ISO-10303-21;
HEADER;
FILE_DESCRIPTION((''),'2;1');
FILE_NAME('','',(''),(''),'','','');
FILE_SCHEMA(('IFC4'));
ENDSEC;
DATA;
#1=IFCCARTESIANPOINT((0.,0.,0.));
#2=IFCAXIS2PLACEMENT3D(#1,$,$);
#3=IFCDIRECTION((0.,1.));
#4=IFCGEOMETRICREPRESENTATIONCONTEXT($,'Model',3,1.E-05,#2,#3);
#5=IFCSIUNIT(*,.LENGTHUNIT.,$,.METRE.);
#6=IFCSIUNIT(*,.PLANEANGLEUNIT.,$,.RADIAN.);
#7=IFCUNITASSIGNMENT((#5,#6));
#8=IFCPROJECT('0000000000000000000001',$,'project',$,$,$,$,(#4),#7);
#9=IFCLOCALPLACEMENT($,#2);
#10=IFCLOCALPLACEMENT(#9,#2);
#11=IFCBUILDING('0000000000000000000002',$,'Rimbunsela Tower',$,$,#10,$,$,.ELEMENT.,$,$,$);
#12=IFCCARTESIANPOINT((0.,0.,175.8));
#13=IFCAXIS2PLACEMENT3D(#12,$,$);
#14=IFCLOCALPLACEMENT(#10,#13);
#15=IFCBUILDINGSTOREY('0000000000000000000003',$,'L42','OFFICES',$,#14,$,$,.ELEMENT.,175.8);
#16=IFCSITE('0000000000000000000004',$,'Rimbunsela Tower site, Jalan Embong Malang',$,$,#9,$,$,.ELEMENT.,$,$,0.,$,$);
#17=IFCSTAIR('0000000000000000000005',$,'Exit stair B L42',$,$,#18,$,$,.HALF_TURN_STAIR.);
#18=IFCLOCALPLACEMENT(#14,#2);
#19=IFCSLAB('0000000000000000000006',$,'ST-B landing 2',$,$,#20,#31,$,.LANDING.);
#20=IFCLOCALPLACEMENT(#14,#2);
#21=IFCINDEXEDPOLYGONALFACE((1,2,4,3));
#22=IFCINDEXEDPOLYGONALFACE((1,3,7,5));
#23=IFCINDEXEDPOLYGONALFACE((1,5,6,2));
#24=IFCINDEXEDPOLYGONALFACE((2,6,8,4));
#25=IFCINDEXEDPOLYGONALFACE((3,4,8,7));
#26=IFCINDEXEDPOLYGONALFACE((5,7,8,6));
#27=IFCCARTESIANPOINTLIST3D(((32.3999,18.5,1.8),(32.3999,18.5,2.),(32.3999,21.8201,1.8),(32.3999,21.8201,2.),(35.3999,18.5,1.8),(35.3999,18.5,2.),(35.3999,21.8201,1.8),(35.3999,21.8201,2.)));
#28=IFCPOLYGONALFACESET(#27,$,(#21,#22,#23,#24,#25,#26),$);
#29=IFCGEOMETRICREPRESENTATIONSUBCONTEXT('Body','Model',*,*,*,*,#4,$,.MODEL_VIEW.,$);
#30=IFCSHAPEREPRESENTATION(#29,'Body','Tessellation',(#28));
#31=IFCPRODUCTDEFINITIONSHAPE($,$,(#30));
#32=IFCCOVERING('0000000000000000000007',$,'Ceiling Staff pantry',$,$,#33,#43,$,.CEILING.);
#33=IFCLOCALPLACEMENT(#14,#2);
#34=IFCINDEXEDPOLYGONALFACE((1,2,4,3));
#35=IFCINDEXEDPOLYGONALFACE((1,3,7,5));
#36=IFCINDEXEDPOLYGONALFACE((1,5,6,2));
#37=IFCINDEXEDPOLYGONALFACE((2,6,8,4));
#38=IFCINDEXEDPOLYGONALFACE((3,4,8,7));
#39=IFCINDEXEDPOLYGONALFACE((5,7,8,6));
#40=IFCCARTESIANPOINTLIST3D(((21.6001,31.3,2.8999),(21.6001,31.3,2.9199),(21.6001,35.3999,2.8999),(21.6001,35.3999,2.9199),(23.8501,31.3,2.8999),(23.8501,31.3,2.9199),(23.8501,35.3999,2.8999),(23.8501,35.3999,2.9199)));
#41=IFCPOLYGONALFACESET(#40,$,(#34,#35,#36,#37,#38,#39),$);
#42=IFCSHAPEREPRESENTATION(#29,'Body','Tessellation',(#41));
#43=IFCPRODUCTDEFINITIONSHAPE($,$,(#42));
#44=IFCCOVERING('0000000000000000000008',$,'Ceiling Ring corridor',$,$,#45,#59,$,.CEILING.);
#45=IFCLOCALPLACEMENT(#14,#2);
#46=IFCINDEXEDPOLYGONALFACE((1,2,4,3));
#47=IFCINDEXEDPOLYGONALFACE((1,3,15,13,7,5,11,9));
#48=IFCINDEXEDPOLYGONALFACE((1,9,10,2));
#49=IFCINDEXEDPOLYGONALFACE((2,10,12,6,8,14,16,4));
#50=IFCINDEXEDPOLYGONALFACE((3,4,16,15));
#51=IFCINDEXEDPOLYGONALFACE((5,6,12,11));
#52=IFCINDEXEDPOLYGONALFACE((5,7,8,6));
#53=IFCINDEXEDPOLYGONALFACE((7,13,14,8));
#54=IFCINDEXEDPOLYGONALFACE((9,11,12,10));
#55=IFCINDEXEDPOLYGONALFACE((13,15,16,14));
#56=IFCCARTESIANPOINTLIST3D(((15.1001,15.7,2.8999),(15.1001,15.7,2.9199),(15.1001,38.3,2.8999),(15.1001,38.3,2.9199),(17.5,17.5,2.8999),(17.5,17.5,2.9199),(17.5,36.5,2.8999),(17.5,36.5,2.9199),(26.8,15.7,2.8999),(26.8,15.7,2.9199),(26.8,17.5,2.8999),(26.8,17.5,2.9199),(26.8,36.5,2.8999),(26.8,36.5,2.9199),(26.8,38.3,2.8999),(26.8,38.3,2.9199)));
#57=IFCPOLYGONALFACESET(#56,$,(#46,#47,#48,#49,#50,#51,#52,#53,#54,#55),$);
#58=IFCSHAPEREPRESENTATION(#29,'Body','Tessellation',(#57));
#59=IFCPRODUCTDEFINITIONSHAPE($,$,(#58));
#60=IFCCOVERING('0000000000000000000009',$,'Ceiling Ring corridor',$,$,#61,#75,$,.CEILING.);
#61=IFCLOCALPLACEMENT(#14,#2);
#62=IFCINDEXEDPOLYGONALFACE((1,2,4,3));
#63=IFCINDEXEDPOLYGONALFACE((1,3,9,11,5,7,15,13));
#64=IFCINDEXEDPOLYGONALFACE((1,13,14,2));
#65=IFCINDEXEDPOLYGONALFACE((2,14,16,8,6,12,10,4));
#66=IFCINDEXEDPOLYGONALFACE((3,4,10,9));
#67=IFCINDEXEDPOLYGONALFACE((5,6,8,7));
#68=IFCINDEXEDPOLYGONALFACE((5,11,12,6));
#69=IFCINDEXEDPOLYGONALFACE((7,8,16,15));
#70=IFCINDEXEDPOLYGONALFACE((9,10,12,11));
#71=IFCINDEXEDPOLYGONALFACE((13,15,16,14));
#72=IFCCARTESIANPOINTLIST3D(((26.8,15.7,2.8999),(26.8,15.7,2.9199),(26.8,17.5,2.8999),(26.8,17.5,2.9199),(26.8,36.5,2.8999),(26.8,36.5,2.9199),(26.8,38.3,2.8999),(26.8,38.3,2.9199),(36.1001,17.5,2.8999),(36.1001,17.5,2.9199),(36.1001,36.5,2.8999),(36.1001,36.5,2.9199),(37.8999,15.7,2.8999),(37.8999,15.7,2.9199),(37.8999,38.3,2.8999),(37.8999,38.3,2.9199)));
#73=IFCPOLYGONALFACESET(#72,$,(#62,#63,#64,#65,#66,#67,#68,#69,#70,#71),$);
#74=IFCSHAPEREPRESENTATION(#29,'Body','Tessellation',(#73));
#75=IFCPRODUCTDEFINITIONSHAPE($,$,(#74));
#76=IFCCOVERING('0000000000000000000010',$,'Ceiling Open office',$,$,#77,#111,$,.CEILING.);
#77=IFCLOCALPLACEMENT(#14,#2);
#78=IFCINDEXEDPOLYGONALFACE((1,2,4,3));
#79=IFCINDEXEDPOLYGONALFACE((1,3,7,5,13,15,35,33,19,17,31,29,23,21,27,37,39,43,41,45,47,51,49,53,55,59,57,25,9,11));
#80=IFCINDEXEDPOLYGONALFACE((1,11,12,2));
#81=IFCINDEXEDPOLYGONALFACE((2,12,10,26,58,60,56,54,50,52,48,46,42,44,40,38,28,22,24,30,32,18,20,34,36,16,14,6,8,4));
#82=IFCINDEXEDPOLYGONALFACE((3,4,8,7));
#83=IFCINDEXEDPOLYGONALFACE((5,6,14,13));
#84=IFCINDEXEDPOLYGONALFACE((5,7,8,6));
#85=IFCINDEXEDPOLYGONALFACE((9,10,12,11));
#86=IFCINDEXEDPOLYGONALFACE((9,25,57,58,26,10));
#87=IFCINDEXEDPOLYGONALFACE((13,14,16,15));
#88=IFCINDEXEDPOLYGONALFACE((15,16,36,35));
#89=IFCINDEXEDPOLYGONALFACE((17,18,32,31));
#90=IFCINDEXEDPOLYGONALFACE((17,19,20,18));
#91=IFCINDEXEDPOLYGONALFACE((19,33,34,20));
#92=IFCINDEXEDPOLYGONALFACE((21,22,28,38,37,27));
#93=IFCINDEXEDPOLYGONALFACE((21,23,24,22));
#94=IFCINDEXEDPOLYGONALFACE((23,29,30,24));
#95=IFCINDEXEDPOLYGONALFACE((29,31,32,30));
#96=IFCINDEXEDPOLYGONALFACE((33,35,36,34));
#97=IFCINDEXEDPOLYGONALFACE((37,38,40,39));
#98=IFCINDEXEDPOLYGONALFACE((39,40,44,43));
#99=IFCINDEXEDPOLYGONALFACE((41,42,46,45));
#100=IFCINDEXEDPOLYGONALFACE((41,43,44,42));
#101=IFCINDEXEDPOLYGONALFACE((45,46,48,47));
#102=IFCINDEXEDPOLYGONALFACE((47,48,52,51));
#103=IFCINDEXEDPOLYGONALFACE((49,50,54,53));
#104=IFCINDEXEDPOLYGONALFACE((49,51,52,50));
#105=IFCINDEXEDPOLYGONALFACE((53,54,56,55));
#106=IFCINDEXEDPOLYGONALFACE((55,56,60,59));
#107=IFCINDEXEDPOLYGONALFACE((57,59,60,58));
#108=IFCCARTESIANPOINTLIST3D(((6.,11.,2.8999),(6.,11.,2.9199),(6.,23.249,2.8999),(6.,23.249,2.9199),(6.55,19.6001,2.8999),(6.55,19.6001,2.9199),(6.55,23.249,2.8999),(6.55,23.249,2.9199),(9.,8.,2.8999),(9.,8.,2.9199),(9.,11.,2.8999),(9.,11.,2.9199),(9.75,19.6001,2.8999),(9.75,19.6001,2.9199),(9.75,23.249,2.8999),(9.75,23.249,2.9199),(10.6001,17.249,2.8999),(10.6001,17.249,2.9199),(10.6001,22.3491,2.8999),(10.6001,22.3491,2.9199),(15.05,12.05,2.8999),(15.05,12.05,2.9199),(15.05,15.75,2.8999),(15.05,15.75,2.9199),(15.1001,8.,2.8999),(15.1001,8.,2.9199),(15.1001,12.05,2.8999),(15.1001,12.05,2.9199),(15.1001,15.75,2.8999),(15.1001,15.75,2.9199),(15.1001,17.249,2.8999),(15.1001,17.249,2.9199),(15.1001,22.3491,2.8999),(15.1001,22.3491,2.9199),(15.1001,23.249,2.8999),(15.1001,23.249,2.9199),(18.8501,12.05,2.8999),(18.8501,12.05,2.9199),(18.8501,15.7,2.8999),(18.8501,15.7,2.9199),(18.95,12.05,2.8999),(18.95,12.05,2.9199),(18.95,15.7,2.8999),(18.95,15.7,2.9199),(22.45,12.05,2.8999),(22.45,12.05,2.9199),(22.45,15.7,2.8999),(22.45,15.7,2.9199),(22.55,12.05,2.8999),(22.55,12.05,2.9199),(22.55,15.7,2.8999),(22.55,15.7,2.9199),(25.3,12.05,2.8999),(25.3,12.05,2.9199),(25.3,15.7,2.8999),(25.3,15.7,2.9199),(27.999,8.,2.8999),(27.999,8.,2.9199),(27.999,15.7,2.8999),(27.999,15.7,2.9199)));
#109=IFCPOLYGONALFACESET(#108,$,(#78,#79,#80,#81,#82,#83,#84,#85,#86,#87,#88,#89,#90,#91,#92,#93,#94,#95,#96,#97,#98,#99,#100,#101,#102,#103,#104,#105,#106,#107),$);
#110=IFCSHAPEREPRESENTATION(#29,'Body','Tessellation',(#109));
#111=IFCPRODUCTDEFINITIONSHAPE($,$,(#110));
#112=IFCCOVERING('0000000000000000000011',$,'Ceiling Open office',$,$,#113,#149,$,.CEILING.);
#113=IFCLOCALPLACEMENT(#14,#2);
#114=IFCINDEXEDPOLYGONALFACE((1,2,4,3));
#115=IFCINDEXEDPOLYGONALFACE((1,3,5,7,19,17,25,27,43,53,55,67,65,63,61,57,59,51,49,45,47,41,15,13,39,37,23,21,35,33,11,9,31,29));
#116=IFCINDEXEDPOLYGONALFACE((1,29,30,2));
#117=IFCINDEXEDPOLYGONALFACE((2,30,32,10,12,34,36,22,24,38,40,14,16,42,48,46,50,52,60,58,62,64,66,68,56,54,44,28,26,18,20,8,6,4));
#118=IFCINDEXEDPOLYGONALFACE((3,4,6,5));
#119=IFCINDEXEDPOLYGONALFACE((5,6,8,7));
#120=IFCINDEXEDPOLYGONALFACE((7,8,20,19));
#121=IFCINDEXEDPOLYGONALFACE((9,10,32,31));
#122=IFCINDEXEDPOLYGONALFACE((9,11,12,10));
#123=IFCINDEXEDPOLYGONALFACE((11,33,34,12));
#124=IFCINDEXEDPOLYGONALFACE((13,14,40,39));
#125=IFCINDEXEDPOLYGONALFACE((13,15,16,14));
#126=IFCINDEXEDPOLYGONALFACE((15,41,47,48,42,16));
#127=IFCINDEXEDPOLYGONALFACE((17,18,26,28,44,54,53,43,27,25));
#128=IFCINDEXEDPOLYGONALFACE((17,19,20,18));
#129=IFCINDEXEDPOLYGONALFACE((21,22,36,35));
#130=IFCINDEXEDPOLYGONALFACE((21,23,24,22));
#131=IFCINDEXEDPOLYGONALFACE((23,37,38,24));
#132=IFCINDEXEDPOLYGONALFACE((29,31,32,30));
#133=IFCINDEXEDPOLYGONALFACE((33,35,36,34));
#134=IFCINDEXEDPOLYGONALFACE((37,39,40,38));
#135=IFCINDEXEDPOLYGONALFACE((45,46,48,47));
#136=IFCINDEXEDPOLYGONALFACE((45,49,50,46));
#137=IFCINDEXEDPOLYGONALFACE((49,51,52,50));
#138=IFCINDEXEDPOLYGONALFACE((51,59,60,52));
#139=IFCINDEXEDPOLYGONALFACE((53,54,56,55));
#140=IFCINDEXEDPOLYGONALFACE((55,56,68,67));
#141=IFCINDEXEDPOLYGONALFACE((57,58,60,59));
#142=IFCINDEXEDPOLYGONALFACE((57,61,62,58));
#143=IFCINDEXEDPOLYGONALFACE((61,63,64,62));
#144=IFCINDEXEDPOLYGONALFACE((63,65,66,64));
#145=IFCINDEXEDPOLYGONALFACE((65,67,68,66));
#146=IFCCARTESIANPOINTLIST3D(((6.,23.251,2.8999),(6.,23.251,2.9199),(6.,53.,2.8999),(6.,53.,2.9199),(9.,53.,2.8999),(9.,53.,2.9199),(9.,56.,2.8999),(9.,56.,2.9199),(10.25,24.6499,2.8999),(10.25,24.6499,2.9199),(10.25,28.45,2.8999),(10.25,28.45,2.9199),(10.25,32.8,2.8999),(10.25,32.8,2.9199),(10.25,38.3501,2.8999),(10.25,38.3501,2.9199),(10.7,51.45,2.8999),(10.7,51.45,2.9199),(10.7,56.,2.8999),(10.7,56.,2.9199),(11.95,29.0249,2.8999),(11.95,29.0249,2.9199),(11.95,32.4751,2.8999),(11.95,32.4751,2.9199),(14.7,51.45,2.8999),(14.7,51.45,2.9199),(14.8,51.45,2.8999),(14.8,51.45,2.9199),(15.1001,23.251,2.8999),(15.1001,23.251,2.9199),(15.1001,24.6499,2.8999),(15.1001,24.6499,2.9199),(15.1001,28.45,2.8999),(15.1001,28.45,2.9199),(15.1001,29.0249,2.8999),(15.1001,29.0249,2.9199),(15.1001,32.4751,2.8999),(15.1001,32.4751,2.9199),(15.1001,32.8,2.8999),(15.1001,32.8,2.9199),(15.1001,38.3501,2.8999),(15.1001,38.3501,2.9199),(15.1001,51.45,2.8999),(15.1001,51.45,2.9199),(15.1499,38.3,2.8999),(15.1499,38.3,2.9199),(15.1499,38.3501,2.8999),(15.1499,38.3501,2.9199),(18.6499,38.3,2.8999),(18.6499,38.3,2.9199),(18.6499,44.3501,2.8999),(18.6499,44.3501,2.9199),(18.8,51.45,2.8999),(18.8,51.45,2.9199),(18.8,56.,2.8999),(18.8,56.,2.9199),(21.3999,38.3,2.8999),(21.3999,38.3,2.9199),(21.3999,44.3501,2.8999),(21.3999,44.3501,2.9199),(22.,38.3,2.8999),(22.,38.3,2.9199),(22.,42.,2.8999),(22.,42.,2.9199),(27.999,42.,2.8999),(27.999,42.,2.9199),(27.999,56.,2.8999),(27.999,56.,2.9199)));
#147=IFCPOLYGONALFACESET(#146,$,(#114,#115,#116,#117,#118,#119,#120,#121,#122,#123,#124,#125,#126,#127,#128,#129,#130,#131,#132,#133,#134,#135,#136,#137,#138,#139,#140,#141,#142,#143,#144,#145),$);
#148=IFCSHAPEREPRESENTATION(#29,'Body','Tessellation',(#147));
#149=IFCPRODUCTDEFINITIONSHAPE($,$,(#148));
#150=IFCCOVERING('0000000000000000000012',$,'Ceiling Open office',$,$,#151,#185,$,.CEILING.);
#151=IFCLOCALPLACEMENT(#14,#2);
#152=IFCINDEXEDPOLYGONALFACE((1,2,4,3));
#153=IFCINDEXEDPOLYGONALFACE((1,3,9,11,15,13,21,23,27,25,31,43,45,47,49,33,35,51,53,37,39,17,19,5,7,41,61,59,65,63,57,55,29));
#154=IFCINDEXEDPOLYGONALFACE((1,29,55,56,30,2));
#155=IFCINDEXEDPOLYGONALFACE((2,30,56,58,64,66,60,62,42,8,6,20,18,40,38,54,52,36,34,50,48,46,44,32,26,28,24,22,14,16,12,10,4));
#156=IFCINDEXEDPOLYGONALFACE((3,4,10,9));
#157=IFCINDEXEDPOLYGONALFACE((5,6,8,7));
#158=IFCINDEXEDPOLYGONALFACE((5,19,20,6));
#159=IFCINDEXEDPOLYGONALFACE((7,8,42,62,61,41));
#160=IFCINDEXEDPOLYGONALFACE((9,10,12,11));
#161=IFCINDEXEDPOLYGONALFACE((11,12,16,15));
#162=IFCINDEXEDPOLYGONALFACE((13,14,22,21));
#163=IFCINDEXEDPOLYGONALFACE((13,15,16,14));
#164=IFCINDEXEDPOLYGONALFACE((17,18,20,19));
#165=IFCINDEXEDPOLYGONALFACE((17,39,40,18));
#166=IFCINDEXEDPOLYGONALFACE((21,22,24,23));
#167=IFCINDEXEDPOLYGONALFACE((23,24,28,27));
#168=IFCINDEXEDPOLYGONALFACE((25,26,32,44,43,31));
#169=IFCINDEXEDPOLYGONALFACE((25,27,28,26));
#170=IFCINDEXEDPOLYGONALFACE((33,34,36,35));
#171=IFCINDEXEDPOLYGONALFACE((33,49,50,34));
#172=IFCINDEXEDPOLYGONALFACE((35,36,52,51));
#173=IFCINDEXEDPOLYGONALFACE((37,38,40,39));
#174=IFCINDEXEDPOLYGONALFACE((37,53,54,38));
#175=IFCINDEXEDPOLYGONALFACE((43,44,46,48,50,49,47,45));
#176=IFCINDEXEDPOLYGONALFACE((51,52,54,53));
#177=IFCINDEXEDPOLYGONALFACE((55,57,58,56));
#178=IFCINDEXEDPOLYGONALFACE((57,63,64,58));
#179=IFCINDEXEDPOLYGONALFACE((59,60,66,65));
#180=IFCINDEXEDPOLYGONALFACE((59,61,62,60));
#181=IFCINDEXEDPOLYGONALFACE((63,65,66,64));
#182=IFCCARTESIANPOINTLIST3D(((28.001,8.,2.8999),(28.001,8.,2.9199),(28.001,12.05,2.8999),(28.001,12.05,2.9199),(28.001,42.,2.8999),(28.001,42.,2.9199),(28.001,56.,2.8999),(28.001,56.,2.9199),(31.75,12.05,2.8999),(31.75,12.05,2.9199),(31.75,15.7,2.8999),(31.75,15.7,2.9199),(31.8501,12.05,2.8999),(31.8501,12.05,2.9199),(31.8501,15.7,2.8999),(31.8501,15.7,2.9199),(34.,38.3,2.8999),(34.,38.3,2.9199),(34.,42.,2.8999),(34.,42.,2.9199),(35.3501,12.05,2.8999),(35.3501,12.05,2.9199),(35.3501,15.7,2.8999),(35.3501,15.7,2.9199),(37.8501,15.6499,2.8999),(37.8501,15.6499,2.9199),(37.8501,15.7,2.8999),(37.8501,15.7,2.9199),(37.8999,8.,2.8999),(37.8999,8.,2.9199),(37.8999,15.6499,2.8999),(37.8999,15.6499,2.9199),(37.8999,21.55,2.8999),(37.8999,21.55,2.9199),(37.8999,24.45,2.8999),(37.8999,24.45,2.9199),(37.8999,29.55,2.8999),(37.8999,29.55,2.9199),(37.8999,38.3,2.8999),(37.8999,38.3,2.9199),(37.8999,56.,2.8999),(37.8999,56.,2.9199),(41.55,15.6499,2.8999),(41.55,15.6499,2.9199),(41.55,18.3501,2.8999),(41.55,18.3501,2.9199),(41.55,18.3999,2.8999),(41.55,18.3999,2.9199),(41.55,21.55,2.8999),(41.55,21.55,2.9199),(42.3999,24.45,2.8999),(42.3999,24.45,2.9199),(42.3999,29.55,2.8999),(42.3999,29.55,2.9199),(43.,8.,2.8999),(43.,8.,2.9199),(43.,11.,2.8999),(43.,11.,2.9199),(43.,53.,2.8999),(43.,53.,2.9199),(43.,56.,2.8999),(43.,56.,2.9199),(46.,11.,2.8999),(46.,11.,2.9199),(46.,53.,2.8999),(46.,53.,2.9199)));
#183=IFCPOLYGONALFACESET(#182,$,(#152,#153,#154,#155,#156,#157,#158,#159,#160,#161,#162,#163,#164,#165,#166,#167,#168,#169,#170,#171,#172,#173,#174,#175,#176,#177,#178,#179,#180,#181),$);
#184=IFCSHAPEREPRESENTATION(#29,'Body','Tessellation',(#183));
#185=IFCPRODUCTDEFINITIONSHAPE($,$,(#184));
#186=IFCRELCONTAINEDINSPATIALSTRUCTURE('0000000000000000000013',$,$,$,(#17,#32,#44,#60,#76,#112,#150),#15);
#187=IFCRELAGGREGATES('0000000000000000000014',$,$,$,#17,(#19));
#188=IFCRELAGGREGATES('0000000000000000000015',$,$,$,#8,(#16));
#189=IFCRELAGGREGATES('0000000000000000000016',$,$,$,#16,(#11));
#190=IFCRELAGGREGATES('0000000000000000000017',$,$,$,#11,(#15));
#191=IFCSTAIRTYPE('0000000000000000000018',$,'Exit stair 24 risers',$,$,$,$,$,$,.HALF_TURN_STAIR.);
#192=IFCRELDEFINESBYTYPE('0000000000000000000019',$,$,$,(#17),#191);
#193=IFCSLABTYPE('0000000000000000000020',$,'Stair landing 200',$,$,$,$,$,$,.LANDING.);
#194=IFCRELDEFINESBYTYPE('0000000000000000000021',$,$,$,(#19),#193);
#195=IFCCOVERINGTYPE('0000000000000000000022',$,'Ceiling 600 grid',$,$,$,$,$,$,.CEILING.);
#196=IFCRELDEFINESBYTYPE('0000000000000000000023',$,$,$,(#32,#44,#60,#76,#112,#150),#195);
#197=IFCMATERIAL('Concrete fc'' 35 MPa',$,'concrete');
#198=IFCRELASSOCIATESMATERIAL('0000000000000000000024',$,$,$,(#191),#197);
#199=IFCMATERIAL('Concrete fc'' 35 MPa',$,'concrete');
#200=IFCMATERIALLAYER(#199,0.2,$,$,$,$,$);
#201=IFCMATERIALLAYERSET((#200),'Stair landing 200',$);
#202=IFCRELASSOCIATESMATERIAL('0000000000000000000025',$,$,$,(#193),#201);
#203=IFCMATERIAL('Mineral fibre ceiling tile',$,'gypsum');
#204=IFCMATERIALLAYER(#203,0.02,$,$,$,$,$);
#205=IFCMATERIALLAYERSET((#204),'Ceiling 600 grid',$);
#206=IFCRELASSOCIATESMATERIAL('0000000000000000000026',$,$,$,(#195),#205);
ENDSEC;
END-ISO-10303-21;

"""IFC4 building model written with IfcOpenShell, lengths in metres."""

from ifc_helpers import new_model, si_unit, direction, frame, origin, place, context, subcontext, project, spatial, polyline, outline, extrude, material, layer, layer_set, type_object, element, aggregate, save


model = new_model("IFC4")

# Units and contexts
model_context = context("Model", 3, precision=1e-05, world=origin(), true_north=direction((0.0, 1.0)))
body_context = subcontext(model_context, "Body", "Model", "MODEL_VIEW")
ifc_project = project(units=[si_unit("LENGTHUNIT", "METRE"), si_unit("PLANEANGLEUNIT", "RADIAN")], contexts=[model_context])

# Site, building, storey
site_placement = place(None, origin())
site = spatial("IfcSite", under=ifc_project, at=site_placement, Name="Rimbunsela Tower site, Jalan Embong Malang", CompositionType="ELEMENT", RefElevation=0.0)
building_placement = place(site_placement, origin())
building = spatial("IfcBuilding", under=site, at=building_placement, Name="Rimbunsela Tower", CompositionType="ELEMENT")
storey_placement = place(building_placement, frame((0.0, 0.0, 175.8)))
storey = spatial("IfcBuildingStorey", under=building, at=storey_placement, Name="L42", Description="OFFICES", CompositionType="ELEMENT", Elevation=175.8)

# Stair, slab
ifc_material_1 = material(Name="Concrete fc' 35 MPa", Category="concrete")
stair_type = type_object("IfcStairType", Name="Exit stair 24 risers", PredefinedType="HALF_TURN_STAIR", material=ifc_material_1)
stair_placement = place(storey_placement, origin())
stair = element("IfcStair", 1, at=stair_placement, inside=storey, type_object=stair_type, Name="Exit stair B L42", PredefinedType="HALF_TURN_STAIR")
ifc_material_2 = material(Name="Concrete fc' 35 MPa", Category="concrete")
ifc_layer_1 = layer(ifc_material_2, 0.2)
ifc_layer_set_1 = layer_set([ifc_layer_1], Name="Stair landing 200")
slab_type = type_object("IfcSlabType", Name="Stair landing 200", PredefinedType="LANDING", material=ifc_layer_set_1)
slab_placement = place(storey_placement, frame((0.0, 0.0, 1.8)))
slab = element("IfcSlab", 2, at=slab_placement, type_object=slab_type, Name="ST-B landing 2", PredefinedType="LANDING", context=body_context, shape_type="SweptSolid", body=[
    extrude(outline(polyline([(32.3999, 18.5), (35.3999, 18.5), (35.3999, 21.8201), (32.3999, 21.8201), (32.3999, 18.5)])), origin(), (0.0, 0.0, 1.0), 0.2),
])
aggregate(stair, [slab])

# Coverings
ifc_material_3 = material(Name="Mineral fibre ceiling tile", Category="gypsum")
ifc_layer_2 = layer(ifc_material_3, 0.02)
ifc_layer_set_2 = layer_set([ifc_layer_2], Name="Ceiling 600 grid")
covering_type_1 = type_object("IfcCoveringType", Name="Ceiling 600 grid", PredefinedType="CEILING", material=ifc_layer_set_2)
covering_1_placement = place(storey_placement, frame((0.0, 0.0, 2.8999)))
element("IfcCovering", 3, at=covering_1_placement, inside=storey, type_object=covering_type_1, Name="Ceiling Staff pantry", PredefinedType="CEILING", context=body_context, shape_type="SweptSolid", body=[
    extrude(outline(polyline([(23.8501, 31.3), (23.8501, 35.3999), (21.6001, 35.3999), (21.6001, 31.3), (23.8501, 31.3)])), origin(), (0.0, 0.0, 1.0), 0.02),
])
covering_2_placement = place(storey_placement, frame((0.0, 0.0, 2.8999)))
element("IfcCovering", 4, at=covering_2_placement, inside=storey, type_object=covering_type_1, Name="Ceiling Ring corridor", PredefinedType="CEILING", context=body_context, shape_type="SweptSolid", body=[
    extrude(outline(polyline([(15.1001, 38.3), (26.8, 38.3), (26.8, 36.5), (17.5, 36.5), (17.5, 17.5), (26.8, 17.5), (26.8, 15.7), (15.1001, 15.7), (15.1001, 38.3)])), origin(), (0.0, 0.0, 1.0), 0.02),
])
covering_3_placement = place(storey_placement, frame((0.0, 0.0, 2.8999)))
element("IfcCovering", 5, at=covering_3_placement, inside=storey, type_object=covering_type_1, Name="Ceiling Ring corridor", PredefinedType="CEILING", context=body_context, shape_type="SweptSolid", body=[
    extrude(outline(polyline([(37.8999, 38.3), (37.8999, 15.7), (26.8, 15.7), (26.8, 17.5), (36.1001, 17.5), (36.1001, 36.5), (26.8, 36.5), (26.8, 38.3), (37.8999, 38.3)])), origin(), (0.0, 0.0, 1.0), 0.02),
])
covering_4_placement = place(storey_placement, frame((0.0, 0.0, 2.8999)))
element("IfcCovering", 6, at=covering_4_placement, inside=storey, type_object=covering_type_1, Name="Ceiling Open office", PredefinedType="CEILING", context=body_context, shape_type="SweptSolid", body=[
    extrude(outline(polyline([(18.8501, 15.7), (18.95, 15.7), (18.95, 12.05), (22.45, 12.05), (22.45, 15.7), (22.55, 15.7), (22.55, 12.05), (25.3, 12.05), (25.3, 15.7), (27.999, 15.7), (27.999, 8.0), (15.1001, 8.0), (9.0, 8.0), (9.0, 11.0), (6.0, 11.0), (6.0, 23.249), (6.55, 23.249), (6.55, 19.6001), (9.75, 19.6001), (9.75, 23.249), (15.1001, 23.249), (15.1001, 22.3491), (10.6001, 22.3491), (10.6001, 17.249), (15.1001, 17.249), (15.1001, 15.75), (15.05, 15.75), (15.05, 12.05), (15.1001, 12.05), (18.8501, 12.05), (18.8501, 15.7)])), origin(), (0.0, 0.0, 1.0), 0.02),
])
covering_5_placement = place(storey_placement, frame((0.0, 0.0, 2.8999)))
element("IfcCovering", 7, at=covering_5_placement, inside=storey, type_object=covering_type_1, Name="Ceiling Open office", PredefinedType="CEILING", context=body_context, shape_type="SweptSolid", body=[
    extrude(outline(polyline([(14.7, 51.45), (14.8, 51.45), (15.1001, 51.45), (18.8, 51.45), (18.8, 56.0), (27.999, 56.0), (27.999, 42.0), (22.0, 42.0), (22.0, 38.3), (21.3999, 38.3), (21.3999, 44.3501), (18.6499, 44.3501), (18.6499, 38.3), (15.1499, 38.3), (15.1499, 38.3501), (15.1001, 38.3501), (10.25, 38.3501), (10.25, 32.8), (15.1001, 32.8), (15.1001, 32.4751), (11.95, 32.4751), (11.95, 29.0249), (15.1001, 29.0249), (15.1001, 28.45), (10.25, 28.45), (10.25, 24.6499), (15.1001, 24.6499), (15.1001, 23.251), (6.0, 23.251), (6.0, 53.0), (9.0, 53.0), (9.0, 56.0), (10.7, 56.0), (10.7, 51.45), (14.7, 51.45)])), origin(), (0.0, 0.0, 1.0), 0.02),
])
covering_6_placement = place(storey_placement, frame((0.0, 0.0, 2.8999)))
element("IfcCovering", 8, at=covering_6_placement, inside=storey, type_object=covering_type_1, Name="Ceiling Open office", PredefinedType="CEILING", context=body_context, shape_type="SweptSolid", body=[
    extrude(outline(polyline([(28.001, 12.05), (31.75, 12.05), (31.75, 15.7), (31.8501, 15.7), (31.8501, 12.05), (35.3501, 12.05), (35.3501, 15.7), (37.8501, 15.7), (37.8501, 15.6499), (37.8999, 15.6499), (41.55, 15.6499), (41.55, 18.3501), (41.55, 18.3999), (41.55, 21.55), (37.8999, 21.55), (37.8999, 24.45), (42.3999, 24.45), (42.3999, 29.55), (37.8999, 29.55), (37.8999, 38.3), (34.0, 38.3), (34.0, 42.0), (28.001, 42.0), (28.001, 56.0), (37.8999, 56.0), (43.0, 56.0), (43.0, 53.0), (46.0, 53.0), (46.0, 11.0), (43.0, 11.0), (43.0, 8.0), (37.8999, 8.0), (28.001, 8.0), (28.001, 12.05)])), origin(), (0.0, 0.0, 1.0), 0.02),
])

save(model, "model.ifc")
